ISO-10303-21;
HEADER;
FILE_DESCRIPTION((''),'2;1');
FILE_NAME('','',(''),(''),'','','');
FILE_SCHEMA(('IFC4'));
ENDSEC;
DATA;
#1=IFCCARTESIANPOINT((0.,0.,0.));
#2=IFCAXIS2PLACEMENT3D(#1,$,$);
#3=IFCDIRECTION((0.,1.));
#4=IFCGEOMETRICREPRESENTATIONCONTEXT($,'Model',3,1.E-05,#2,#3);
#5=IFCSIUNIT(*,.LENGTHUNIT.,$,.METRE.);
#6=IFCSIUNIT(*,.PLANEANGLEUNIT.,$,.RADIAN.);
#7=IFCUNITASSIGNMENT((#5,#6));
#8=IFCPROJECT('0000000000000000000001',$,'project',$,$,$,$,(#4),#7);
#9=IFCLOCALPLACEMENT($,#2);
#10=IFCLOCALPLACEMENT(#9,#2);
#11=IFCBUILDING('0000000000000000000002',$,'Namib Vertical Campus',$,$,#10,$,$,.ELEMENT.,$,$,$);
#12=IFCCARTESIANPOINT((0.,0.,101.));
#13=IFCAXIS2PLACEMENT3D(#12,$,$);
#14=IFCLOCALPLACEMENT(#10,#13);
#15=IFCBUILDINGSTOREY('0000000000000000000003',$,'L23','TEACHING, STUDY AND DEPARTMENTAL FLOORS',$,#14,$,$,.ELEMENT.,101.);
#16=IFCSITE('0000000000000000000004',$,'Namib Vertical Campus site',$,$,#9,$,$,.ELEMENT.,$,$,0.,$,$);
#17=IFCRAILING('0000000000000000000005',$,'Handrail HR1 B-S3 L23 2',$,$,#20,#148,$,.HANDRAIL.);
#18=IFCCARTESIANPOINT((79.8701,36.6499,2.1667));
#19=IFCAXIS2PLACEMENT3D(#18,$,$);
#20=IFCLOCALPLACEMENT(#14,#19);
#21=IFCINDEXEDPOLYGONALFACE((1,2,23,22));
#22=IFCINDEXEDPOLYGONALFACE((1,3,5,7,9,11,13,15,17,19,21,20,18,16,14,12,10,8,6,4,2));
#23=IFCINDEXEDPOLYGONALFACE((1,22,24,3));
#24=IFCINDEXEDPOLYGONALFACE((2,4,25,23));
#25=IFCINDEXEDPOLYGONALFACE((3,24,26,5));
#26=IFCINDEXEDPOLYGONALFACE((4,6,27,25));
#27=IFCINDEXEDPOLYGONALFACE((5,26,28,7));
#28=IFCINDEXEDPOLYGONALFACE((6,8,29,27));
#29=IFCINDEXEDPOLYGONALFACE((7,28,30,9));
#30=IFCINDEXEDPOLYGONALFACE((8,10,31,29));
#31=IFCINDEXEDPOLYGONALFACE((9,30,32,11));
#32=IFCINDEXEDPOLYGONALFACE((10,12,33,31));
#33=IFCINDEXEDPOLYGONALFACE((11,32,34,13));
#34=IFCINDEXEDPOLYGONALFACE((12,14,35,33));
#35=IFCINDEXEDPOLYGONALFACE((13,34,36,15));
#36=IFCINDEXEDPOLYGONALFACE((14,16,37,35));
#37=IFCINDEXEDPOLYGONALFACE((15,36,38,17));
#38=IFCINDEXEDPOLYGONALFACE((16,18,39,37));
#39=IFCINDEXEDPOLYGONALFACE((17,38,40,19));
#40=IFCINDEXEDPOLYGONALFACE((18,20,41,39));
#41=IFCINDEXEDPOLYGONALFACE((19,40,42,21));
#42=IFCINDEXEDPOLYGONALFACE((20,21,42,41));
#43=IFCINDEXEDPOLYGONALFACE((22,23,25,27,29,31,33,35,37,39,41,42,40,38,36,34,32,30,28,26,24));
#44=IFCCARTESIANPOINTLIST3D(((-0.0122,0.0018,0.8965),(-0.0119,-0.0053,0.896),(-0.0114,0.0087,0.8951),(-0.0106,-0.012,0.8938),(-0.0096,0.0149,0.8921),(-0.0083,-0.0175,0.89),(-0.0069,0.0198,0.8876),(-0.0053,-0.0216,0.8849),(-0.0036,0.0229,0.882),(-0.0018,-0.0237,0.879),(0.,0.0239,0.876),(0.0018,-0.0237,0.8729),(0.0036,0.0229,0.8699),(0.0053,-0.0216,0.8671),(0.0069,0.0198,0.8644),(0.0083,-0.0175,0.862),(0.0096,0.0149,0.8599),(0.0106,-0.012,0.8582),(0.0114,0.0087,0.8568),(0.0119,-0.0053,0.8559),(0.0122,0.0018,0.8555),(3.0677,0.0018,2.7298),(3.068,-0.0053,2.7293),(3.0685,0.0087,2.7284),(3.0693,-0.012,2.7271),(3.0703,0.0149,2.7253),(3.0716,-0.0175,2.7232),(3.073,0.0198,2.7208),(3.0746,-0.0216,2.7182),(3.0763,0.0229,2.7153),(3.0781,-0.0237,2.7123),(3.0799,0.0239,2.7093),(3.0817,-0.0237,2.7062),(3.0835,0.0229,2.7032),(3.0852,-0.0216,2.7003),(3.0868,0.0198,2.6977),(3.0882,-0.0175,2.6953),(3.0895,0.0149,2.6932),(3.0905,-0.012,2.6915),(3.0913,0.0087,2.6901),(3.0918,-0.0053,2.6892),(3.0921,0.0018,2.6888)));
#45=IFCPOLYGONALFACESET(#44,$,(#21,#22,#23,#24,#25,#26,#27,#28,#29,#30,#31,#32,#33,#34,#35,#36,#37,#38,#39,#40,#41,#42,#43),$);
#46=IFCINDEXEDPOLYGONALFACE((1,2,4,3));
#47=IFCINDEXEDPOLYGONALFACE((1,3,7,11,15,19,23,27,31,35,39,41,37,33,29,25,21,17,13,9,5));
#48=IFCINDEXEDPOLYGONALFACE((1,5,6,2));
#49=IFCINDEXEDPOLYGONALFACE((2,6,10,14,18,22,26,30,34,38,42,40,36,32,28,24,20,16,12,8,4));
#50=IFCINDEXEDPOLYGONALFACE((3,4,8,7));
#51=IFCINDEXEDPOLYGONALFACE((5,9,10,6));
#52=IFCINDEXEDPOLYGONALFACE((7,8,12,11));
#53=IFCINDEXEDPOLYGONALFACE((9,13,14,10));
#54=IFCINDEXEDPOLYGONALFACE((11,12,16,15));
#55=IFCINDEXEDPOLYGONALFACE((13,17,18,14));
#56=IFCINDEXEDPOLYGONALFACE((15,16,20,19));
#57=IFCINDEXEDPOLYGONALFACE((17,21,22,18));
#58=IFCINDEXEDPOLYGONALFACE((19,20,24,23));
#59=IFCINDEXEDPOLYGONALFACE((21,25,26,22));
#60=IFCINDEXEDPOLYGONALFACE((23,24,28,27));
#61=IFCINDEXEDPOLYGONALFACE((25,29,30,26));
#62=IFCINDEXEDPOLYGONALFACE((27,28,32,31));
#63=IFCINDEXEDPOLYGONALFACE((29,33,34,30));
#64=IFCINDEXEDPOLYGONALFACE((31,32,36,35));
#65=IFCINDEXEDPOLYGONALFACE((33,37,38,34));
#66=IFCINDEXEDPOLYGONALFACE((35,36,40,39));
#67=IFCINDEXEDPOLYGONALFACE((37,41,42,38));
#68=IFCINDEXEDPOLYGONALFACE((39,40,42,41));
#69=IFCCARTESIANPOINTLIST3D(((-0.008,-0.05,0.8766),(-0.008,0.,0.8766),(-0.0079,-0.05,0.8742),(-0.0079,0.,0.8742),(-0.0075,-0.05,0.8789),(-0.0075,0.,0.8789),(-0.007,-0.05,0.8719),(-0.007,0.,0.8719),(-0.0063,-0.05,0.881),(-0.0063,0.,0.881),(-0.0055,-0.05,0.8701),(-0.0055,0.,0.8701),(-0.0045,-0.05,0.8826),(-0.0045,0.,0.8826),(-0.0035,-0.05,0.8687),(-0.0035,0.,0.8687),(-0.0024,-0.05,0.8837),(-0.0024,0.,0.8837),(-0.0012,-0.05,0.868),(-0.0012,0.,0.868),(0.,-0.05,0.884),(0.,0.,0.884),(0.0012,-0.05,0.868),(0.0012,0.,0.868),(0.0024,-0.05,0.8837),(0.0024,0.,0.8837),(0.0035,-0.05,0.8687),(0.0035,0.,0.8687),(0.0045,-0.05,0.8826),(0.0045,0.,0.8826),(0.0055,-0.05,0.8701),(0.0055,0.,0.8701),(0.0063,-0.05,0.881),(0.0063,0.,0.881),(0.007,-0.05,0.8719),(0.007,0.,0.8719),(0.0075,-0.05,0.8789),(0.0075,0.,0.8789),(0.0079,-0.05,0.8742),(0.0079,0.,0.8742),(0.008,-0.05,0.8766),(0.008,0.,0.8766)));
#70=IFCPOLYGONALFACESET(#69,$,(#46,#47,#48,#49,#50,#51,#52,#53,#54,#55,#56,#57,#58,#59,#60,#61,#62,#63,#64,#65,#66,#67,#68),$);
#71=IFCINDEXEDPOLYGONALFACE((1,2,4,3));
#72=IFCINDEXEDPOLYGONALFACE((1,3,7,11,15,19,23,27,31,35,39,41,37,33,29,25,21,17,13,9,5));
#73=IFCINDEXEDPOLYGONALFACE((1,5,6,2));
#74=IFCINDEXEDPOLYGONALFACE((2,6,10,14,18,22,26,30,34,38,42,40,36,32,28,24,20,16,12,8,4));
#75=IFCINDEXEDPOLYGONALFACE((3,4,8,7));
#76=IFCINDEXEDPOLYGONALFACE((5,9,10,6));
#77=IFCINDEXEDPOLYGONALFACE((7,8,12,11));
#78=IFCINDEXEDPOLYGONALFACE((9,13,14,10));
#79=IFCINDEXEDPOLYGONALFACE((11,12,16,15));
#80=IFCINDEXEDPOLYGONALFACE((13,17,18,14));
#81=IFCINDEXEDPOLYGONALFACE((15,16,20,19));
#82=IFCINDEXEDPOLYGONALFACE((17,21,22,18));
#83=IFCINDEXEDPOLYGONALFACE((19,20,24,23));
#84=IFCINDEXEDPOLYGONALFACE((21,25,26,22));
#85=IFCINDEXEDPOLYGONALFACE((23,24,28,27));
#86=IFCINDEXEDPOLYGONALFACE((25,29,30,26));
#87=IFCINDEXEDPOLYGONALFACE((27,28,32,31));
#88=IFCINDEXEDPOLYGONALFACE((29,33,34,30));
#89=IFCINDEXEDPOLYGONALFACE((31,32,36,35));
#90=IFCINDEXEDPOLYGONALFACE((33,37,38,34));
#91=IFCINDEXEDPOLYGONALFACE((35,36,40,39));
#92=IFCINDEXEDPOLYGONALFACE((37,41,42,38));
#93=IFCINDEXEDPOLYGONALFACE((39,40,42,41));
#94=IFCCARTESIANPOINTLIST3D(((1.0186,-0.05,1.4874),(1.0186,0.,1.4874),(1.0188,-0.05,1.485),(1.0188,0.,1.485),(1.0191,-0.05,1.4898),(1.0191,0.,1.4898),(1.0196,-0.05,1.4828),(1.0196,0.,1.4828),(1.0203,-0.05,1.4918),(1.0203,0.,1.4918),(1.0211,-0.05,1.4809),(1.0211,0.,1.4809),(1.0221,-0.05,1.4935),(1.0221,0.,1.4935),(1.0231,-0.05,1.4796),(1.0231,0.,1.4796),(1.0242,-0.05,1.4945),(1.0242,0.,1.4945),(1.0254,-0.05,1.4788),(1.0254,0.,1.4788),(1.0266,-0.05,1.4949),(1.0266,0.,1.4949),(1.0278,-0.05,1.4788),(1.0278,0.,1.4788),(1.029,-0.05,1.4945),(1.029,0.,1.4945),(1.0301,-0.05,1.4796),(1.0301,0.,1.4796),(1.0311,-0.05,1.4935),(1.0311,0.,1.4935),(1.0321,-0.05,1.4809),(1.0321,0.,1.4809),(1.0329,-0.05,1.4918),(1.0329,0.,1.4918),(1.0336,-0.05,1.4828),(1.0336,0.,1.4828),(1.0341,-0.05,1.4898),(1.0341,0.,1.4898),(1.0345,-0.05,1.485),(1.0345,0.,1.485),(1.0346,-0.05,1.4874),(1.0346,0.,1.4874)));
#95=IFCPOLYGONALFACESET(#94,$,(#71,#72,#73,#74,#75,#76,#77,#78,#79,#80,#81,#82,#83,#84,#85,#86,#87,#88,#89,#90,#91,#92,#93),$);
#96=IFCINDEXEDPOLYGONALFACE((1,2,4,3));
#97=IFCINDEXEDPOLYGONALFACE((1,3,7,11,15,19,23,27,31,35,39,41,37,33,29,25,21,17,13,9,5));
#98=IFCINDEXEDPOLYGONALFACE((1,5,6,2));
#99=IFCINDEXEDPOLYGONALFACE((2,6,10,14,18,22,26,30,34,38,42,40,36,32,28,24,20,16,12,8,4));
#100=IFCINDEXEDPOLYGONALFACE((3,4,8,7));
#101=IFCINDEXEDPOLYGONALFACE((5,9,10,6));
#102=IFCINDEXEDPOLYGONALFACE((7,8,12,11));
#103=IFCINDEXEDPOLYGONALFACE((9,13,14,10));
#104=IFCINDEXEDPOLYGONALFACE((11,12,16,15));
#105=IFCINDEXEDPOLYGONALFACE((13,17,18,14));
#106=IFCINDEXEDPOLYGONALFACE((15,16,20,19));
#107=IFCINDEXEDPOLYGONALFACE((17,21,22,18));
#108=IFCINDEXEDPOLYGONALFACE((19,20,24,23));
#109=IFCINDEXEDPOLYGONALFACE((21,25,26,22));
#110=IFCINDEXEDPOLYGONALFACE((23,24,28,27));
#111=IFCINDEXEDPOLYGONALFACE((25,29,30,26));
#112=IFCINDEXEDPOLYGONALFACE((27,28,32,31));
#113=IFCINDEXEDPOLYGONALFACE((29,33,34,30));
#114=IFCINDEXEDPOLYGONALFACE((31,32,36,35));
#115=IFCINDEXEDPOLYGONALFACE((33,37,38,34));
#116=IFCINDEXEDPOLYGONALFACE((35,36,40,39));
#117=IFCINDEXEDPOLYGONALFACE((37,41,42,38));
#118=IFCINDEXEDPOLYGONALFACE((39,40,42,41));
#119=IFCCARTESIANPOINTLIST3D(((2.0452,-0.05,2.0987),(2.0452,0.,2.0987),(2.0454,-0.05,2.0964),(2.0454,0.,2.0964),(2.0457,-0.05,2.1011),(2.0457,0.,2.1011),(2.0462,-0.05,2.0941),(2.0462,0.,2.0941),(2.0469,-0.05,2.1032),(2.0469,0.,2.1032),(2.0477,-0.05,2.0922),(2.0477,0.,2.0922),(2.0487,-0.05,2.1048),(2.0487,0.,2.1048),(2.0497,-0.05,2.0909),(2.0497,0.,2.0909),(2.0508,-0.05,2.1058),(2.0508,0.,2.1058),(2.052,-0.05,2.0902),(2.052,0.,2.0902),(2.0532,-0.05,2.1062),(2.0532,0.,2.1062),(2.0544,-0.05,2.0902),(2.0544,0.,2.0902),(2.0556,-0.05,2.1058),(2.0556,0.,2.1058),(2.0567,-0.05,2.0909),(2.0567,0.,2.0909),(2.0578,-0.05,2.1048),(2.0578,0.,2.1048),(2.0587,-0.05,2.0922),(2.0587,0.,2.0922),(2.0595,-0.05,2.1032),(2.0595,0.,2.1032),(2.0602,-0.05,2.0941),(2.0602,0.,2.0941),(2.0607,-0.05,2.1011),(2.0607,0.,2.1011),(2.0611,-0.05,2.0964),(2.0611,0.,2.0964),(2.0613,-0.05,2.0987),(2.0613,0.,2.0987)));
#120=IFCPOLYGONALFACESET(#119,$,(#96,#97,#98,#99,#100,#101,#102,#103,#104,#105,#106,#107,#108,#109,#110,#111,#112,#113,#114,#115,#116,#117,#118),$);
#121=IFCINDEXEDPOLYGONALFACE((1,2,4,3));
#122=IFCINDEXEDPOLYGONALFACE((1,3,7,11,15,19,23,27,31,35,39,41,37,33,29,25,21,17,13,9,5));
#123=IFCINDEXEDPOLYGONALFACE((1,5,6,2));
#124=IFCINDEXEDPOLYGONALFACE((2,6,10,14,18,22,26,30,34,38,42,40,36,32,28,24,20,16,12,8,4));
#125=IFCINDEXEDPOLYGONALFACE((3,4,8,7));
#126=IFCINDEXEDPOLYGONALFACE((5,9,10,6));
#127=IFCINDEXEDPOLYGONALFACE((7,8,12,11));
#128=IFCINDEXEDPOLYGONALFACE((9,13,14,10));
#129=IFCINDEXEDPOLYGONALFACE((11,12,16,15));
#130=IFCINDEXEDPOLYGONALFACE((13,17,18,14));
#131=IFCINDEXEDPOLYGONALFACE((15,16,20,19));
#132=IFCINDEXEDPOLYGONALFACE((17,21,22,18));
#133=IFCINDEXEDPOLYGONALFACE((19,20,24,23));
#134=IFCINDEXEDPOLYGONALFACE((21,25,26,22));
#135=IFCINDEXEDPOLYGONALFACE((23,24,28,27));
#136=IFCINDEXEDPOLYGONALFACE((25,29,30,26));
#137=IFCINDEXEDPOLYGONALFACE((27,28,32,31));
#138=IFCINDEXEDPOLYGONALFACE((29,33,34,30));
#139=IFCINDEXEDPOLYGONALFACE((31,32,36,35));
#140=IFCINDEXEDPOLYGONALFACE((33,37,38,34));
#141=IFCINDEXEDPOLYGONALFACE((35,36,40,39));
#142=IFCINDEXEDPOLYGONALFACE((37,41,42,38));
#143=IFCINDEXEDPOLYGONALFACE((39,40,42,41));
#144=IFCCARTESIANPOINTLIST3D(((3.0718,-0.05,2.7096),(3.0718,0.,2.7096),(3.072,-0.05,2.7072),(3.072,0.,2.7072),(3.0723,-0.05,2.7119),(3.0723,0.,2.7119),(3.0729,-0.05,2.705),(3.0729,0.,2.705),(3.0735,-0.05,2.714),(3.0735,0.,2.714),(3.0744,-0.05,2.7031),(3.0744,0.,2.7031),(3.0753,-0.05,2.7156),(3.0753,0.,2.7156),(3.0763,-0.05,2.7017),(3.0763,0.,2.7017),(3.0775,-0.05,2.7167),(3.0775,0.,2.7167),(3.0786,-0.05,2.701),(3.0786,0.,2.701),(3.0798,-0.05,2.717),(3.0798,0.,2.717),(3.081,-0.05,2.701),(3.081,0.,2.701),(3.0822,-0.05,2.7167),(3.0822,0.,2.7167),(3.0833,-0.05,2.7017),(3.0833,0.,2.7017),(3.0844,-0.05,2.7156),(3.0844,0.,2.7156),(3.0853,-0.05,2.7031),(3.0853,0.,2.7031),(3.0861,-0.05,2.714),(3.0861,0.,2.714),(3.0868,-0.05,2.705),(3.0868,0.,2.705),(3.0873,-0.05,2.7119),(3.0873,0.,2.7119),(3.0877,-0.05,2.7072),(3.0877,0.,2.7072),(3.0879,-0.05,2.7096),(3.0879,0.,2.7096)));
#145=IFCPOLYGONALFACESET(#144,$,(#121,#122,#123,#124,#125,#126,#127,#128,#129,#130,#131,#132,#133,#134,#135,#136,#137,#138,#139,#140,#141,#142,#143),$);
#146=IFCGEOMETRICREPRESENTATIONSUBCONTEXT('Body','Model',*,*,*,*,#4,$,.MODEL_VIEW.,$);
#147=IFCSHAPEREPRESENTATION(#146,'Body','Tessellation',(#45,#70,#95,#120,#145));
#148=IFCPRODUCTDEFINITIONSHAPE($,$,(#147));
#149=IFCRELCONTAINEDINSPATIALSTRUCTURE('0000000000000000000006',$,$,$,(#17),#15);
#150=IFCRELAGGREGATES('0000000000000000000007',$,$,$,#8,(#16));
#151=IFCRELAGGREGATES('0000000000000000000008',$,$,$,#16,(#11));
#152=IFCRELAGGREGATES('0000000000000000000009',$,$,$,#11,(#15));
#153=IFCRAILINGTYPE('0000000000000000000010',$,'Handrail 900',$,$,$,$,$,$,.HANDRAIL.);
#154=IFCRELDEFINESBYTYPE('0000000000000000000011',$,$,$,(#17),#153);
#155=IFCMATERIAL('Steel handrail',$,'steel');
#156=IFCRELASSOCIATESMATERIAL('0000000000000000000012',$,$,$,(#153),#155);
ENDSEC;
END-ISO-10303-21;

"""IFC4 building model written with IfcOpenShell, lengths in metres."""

from ifc_helpers import new_model, si_unit, direction, frame, origin, origin_2d, place, context, subcontext, project, spatial, circle, extrude, material, type_object, element, save


model = new_model("IFC4")

# Units and contexts
model_context = context("Model", 3, precision=1e-05, world=origin(), true_north=direction((0.0, 1.0)))
body_context = subcontext(model_context, "Body", "Model", "MODEL_VIEW")
ifc_project = project(units=[si_unit("LENGTHUNIT", "METRE"), si_unit("PLANEANGLEUNIT", "RADIAN")], contexts=[model_context])

# Site, building, storey
site_placement = place(None, origin())
site = spatial("IfcSite", under=ifc_project, at=site_placement, Name="Namib Vertical Campus site", CompositionType="ELEMENT", RefElevation=0.0)
building_placement = place(site_placement, origin())
building = spatial("IfcBuilding", under=site, at=building_placement, Name="Namib Vertical Campus", CompositionType="ELEMENT")
storey_placement = place(building_placement, frame((0.0, 0.0, 101.0)))
storey = spatial("IfcBuildingStorey", under=building, at=storey_placement, Name="L23", Description="TEACHING, STUDY AND DEPARTMENTAL FLOORS", CompositionType="ELEMENT", Elevation=101.0)

# Railing
ifc_material_1 = material(Name="Steel handrail", Category="steel")
railing_type_1 = type_object("IfcRailingType", Name="Handrail 900", PredefinedType="HANDRAIL", material=ifc_material_1)
railing_1_placement = place(storey_placement, frame((79.8701, 36.6499, 2.1667)))
element("IfcRailing", 1, at=railing_1_placement, inside=storey, type_object=railing_type_1, Name="Handrail HR1 B-S3 L23 2", PredefinedType="HANDRAIL", context=body_context, shape_type="SweptSolid", body=[
    extrude(circle(Radius=0.0239, at=origin_2d()), frame((0.0, 0.0, 0.876), z_axis=(0.859291, 0.0, 0.511487), x_axis=(0.0, 1.0, 0.0)), (0.0, 0.0, 1.0), 3.5842),
    extrude(circle(Radius=0.0081, at=origin_2d()), frame((0.0, 0.0, 0.876), z_axis=(0.0, -1.0, 0.0), x_axis=(0.0, 0.0, 1.0)), (0.0, 0.0, 1.0), 0.05),
    extrude(circle(Radius=0.0081, at=origin_2d()), frame((1.0266, 0.0, 1.4868), z_axis=(0.0, -1.0, 0.0), x_axis=(0.0, 0.0, 1.0)), (0.0, 0.0, 1.0), 0.05),
    extrude(circle(Radius=0.0081, at=origin_2d()), frame((2.0532, 0.0, 2.0981), z_axis=(0.0, -1.0, 0.0), x_axis=(0.0, 0.0, 1.0)), (0.0, 0.0, 1.0), 0.05),
    extrude(circle(Radius=0.0081, at=origin_2d()), frame((3.0798, 0.0, 2.709), z_axis=(0.0, -1.0, 0.0), x_axis=(0.0, 0.0, 1.0)), (0.0, 0.0, 1.0), 0.05),
])

save(model, "model.ifc")
